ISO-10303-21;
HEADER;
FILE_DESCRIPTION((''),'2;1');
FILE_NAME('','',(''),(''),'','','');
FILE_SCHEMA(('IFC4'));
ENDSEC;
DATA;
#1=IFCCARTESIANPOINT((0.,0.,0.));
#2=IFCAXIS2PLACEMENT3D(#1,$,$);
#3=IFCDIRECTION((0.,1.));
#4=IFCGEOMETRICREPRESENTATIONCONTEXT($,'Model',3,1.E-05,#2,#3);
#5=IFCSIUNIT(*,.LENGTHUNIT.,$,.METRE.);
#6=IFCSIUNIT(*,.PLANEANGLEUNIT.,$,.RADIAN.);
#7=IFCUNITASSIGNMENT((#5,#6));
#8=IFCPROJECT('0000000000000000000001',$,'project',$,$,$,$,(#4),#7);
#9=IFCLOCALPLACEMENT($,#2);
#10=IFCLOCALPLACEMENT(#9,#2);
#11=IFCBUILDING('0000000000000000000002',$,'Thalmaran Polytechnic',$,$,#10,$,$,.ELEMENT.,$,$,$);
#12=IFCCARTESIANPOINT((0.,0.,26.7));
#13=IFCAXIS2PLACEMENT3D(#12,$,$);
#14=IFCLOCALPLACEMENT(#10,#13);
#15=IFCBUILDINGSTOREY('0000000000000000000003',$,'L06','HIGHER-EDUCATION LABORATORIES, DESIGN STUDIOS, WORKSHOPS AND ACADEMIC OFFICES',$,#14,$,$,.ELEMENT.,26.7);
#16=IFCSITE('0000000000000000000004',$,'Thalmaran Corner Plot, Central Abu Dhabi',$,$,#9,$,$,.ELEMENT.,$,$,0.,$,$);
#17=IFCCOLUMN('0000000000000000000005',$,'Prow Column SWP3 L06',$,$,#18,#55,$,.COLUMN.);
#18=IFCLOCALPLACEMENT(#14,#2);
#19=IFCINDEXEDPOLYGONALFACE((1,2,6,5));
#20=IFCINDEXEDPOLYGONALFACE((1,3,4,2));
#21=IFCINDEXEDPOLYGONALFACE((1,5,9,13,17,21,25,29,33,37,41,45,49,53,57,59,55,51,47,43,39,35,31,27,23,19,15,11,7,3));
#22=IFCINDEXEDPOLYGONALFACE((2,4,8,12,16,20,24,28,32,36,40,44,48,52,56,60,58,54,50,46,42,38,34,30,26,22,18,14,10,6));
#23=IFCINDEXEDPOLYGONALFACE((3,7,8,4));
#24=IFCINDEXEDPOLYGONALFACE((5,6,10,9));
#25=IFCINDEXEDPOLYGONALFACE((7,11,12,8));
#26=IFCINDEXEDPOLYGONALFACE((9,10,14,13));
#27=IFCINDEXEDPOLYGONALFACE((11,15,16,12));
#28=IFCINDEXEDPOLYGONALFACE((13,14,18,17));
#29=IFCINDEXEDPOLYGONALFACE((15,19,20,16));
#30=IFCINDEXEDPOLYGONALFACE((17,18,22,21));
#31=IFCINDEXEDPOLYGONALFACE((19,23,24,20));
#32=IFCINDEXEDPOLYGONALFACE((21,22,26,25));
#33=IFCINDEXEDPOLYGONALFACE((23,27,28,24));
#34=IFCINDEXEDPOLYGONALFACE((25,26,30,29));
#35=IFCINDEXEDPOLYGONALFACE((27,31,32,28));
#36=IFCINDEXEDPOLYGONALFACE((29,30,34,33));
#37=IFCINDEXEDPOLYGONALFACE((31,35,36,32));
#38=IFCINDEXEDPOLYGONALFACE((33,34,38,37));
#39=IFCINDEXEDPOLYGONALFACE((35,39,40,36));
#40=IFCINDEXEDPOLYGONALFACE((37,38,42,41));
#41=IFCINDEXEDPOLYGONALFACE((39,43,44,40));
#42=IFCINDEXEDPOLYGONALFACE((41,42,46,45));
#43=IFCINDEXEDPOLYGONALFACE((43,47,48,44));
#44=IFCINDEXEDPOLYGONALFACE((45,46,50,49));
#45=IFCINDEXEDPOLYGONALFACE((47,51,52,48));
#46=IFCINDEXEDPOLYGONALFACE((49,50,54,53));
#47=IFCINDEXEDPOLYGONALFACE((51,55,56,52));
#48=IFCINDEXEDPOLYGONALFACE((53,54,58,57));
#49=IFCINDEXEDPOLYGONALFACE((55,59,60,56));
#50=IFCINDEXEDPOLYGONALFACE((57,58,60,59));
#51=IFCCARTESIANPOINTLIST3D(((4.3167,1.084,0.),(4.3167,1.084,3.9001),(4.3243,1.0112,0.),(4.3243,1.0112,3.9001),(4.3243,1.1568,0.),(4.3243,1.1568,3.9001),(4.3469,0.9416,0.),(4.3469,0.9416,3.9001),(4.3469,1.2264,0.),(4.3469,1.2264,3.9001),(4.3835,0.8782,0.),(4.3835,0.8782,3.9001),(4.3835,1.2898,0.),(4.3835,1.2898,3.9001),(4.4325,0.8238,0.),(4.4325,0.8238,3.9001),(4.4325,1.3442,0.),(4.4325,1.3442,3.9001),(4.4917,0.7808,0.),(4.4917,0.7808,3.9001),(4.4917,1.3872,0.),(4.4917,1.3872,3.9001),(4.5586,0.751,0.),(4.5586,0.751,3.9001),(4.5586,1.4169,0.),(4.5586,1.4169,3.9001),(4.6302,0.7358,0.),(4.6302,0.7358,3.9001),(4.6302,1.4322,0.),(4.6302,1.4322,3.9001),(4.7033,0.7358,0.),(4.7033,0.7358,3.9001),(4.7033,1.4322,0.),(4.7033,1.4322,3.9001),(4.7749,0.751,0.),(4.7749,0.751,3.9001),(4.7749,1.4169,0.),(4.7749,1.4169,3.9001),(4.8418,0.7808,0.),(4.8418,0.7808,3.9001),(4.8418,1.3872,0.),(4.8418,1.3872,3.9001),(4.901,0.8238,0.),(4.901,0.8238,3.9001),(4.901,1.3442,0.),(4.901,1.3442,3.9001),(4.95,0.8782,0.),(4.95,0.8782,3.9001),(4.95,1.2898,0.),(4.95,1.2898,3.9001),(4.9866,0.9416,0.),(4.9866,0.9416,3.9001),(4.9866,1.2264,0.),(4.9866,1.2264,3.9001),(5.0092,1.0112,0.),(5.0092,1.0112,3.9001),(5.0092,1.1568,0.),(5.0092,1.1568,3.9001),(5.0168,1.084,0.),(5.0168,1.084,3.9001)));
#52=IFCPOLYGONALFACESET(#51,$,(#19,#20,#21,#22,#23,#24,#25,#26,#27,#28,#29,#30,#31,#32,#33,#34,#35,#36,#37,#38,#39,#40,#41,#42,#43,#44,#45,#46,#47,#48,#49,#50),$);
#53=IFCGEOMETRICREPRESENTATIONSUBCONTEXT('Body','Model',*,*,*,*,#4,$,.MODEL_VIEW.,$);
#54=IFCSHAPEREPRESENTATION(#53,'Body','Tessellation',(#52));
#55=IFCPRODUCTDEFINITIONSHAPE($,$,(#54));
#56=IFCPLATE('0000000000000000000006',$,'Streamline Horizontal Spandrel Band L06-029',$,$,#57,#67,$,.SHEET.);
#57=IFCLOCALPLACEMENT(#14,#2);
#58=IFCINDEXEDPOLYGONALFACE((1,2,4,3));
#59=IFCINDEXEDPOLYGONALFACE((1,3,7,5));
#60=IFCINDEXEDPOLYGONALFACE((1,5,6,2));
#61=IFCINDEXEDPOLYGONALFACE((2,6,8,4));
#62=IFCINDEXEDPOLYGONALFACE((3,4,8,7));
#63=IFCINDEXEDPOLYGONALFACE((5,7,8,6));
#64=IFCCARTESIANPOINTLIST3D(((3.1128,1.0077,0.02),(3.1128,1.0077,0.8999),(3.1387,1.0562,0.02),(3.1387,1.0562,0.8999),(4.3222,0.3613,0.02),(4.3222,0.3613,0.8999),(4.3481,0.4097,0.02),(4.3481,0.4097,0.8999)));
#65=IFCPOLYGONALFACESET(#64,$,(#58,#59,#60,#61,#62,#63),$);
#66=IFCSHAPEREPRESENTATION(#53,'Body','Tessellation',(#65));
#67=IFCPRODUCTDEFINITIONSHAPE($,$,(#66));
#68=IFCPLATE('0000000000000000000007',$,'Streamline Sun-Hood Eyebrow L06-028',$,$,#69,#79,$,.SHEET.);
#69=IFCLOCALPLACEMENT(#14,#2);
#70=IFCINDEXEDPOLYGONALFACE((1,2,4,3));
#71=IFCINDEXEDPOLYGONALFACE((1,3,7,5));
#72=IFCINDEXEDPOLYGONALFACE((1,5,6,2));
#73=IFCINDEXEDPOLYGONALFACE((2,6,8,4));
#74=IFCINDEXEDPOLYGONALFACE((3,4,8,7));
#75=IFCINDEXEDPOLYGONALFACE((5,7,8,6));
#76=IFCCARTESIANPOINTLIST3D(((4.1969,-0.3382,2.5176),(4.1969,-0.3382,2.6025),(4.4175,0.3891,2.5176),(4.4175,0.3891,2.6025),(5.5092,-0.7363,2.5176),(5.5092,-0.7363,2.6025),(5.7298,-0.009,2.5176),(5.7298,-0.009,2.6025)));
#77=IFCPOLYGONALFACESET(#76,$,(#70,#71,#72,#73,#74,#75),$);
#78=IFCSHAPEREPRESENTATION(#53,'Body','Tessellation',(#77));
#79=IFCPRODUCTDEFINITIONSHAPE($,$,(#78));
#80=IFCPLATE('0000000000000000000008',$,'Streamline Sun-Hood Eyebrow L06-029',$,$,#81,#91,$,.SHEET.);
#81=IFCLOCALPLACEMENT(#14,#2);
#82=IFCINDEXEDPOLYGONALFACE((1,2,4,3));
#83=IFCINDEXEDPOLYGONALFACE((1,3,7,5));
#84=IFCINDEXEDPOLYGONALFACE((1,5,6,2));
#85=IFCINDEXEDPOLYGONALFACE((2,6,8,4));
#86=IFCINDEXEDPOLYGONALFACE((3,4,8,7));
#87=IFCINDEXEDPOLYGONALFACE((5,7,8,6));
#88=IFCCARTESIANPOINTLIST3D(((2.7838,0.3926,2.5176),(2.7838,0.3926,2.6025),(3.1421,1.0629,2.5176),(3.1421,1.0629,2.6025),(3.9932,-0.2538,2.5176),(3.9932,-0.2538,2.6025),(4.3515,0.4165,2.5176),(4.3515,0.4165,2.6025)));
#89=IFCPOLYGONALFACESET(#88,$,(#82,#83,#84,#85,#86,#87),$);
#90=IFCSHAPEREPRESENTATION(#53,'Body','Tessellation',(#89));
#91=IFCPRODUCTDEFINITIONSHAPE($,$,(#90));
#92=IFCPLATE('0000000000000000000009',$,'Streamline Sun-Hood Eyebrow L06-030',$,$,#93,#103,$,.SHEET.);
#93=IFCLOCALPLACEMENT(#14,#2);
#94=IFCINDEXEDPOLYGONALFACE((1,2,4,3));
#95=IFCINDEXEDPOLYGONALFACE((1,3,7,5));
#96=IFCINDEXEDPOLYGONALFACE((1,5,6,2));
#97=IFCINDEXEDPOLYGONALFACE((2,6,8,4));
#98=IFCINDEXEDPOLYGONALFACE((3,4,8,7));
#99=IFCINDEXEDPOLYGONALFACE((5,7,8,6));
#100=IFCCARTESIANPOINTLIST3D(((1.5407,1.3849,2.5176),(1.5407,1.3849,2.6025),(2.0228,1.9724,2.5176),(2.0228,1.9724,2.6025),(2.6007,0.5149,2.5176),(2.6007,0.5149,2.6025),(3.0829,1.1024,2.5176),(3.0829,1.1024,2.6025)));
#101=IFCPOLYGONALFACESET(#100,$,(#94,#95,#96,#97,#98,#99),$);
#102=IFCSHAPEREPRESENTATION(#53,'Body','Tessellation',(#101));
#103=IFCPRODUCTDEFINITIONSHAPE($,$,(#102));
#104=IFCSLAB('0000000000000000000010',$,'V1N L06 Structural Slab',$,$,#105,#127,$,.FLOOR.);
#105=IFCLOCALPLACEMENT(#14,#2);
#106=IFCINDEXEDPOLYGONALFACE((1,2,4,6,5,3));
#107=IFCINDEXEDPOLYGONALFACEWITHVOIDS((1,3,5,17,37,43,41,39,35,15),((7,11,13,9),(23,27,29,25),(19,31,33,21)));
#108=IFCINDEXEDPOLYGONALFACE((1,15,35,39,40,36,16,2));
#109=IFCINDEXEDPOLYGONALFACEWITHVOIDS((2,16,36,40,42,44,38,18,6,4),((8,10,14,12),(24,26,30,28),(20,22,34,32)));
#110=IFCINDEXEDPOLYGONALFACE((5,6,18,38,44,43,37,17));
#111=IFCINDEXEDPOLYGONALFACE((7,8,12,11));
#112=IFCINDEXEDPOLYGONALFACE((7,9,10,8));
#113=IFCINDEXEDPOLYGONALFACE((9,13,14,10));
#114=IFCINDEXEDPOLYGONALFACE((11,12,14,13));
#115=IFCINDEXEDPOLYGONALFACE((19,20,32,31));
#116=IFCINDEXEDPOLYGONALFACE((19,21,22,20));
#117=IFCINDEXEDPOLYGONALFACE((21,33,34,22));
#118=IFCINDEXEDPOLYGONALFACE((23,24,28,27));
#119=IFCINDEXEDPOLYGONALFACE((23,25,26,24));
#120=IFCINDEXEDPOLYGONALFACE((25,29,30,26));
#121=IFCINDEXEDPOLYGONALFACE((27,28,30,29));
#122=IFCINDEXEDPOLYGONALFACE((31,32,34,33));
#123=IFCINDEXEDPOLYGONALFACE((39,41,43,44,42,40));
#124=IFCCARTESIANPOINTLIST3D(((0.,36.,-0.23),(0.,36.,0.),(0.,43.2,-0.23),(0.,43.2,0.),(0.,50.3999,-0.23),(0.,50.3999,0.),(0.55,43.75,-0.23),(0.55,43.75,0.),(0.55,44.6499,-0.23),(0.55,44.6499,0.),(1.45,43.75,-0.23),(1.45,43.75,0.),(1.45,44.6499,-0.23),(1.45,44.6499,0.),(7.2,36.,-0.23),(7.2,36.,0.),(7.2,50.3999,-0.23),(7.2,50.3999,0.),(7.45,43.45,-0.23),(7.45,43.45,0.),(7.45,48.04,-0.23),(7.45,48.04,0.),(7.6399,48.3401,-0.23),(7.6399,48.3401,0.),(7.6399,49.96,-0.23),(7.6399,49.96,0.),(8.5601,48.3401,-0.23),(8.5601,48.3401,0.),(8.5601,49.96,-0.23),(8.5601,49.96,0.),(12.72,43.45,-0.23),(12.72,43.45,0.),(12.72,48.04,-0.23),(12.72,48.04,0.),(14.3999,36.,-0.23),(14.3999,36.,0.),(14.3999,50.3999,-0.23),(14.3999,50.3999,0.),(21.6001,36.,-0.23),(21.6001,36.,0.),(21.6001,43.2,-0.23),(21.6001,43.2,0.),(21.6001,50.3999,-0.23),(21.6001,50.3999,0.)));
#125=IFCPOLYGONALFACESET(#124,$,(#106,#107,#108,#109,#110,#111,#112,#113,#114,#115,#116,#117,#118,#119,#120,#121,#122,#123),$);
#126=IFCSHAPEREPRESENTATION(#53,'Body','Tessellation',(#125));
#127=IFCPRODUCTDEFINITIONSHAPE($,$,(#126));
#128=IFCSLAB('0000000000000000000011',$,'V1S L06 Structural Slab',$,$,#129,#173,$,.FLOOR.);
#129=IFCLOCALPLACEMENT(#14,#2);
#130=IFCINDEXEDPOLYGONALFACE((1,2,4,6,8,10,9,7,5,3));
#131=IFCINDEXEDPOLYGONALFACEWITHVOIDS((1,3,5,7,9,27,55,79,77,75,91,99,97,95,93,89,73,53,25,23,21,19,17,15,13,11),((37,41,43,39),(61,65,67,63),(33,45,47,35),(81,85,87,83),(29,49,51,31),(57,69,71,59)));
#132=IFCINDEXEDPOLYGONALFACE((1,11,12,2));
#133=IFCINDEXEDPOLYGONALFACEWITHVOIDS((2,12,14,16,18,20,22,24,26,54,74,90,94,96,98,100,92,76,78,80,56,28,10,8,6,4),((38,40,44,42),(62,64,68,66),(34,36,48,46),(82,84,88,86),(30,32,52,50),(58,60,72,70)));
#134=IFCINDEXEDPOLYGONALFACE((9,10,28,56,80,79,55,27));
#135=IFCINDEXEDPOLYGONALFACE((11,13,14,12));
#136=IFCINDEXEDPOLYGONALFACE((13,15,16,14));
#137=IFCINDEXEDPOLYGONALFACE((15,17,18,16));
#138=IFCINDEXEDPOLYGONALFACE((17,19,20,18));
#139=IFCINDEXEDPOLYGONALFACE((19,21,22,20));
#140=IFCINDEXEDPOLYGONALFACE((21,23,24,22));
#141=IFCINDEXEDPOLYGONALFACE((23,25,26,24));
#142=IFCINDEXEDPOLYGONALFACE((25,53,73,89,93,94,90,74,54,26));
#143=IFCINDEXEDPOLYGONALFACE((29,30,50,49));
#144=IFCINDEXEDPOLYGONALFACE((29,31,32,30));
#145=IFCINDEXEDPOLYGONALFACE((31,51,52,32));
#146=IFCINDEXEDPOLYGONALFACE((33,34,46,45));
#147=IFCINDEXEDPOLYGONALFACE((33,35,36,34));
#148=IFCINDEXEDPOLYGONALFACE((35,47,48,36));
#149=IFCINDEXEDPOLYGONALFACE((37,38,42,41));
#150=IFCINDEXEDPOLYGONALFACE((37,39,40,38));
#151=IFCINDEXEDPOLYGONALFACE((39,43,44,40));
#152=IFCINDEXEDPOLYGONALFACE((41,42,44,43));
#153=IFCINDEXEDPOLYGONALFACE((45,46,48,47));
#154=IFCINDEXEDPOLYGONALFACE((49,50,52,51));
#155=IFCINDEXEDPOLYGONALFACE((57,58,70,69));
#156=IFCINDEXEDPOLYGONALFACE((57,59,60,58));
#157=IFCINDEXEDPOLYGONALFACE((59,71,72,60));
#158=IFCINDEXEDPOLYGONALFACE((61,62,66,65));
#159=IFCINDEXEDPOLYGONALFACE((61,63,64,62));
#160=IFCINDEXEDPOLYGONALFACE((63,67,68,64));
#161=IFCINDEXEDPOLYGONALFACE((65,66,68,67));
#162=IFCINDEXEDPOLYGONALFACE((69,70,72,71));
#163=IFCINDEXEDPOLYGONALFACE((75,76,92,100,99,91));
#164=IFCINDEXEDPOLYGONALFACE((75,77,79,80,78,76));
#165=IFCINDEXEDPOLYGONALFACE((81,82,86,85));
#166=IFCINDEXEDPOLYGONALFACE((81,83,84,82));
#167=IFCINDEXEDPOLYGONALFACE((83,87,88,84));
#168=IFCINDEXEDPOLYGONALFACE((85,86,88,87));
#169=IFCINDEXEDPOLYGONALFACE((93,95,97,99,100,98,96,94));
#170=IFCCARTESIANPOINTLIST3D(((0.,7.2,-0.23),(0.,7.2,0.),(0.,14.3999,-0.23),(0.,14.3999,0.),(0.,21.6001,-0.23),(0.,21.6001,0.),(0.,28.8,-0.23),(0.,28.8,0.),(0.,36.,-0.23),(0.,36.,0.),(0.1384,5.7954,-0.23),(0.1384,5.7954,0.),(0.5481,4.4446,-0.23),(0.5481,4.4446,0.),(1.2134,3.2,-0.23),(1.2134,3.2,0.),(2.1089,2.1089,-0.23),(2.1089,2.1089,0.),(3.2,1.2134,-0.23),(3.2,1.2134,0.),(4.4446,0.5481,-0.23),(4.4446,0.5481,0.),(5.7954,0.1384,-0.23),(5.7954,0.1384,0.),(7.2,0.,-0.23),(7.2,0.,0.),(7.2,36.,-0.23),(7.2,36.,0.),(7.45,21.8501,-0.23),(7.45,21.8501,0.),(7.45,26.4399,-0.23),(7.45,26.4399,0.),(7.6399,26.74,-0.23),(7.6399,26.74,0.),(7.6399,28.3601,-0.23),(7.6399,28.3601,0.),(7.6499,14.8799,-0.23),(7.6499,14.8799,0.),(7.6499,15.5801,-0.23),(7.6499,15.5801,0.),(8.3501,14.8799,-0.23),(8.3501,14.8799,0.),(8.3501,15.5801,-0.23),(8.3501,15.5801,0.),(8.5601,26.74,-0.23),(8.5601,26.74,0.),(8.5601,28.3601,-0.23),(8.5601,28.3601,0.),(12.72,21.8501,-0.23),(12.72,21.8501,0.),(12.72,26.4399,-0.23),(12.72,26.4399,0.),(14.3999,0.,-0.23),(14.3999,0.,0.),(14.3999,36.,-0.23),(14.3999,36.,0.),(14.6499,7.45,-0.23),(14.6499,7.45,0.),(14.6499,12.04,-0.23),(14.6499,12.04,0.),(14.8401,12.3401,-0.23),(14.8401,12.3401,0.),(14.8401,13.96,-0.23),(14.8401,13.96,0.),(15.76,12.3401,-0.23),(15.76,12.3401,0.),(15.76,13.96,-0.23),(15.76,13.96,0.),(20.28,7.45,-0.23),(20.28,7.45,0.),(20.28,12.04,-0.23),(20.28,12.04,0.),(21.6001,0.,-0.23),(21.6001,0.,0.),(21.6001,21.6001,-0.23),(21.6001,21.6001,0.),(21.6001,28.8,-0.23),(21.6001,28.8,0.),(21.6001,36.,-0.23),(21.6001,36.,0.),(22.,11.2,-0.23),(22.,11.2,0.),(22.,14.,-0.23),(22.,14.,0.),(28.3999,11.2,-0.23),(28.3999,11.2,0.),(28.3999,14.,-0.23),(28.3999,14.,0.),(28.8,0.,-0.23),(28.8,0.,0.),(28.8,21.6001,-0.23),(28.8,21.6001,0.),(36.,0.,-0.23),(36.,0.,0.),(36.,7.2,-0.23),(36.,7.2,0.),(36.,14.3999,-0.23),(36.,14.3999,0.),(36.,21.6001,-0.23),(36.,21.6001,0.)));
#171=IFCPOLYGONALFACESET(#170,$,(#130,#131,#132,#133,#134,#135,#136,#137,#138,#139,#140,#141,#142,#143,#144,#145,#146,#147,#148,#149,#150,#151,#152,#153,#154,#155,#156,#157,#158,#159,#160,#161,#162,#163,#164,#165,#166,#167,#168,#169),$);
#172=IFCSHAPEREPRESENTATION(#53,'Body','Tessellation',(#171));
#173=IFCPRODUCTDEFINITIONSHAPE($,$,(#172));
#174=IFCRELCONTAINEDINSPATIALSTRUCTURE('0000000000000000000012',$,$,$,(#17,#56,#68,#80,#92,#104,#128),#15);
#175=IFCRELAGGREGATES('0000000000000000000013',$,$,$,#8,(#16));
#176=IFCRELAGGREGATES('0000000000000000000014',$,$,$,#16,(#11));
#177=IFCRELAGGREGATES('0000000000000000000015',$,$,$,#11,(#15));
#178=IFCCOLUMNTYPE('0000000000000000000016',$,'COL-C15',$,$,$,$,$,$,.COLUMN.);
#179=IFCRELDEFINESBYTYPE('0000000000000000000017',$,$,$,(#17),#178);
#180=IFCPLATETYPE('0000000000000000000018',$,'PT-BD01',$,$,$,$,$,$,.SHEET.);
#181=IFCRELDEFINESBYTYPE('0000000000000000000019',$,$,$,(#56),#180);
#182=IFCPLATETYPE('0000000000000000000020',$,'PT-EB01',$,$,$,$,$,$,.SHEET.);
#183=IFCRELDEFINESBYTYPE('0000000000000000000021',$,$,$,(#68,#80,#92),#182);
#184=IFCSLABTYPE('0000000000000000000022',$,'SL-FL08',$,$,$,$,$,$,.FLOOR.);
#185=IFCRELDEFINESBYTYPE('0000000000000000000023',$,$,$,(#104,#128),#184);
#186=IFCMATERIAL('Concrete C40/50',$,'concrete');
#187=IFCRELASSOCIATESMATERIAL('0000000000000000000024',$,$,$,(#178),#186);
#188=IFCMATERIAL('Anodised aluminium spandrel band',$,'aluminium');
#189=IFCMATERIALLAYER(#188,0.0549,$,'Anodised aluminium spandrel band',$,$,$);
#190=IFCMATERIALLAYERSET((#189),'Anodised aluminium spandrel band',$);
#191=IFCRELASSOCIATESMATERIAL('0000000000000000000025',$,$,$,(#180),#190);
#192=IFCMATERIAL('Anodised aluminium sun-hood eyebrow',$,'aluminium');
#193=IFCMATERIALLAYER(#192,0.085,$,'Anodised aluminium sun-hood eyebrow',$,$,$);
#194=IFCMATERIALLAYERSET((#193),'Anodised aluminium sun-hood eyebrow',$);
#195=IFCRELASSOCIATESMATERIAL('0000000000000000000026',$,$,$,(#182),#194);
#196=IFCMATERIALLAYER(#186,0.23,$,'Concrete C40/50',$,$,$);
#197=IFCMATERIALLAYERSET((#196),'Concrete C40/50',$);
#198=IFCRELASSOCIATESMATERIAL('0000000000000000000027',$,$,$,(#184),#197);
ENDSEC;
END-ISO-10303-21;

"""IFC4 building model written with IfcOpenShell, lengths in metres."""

from ifc_helpers import new_model, si_unit, direction, frame, origin, origin_2d, place, context, subcontext, project, spatial, polyline, rectangle, circle, outline, extrude, material, layer, layer_set, material_profile, profile_set, type_object, element, save


model = new_model("IFC4")

# Units and contexts
model_context = context("Model", 3, precision=1e-05, world=origin(), true_north=direction((0.0, 1.0)))
body_context = subcontext(model_context, "Body", "Model", "MODEL_VIEW")
ifc_project = project(units=[si_unit("LENGTHUNIT", "METRE"), si_unit("PLANEANGLEUNIT", "RADIAN")], contexts=[model_context])

# Site, building, storey
site_placement = place(None, origin())
site = spatial("IfcSite", under=ifc_project, at=site_placement, Name="Thalmaran Corner Plot, Central Abu Dhabi", CompositionType="ELEMENT", RefElevation=0.0)
building_placement = place(site_placement, origin())
building = spatial("IfcBuilding", under=site, at=building_placement, Name="Thalmaran Polytechnic", CompositionType="ELEMENT")
storey_placement = place(building_placement, frame((0.0, 0.0, 26.7)))
storey = spatial("IfcBuildingStorey", under=building, at=storey_placement, Name="L06", Description="HIGHER-EDUCATION LABORATORIES, DESIGN STUDIOS, WORKSHOPS AND ACADEMIC OFFICES", CompositionType="ELEMENT", Elevation=26.7)

# Column
ifc_material_1 = material(Name="Concrete C40/50", Category="concrete")
ifc_material_profile = material_profile(ifc_material_1, circle(Radius=0.3501, at=origin_2d()), Name="RC 700 DIA")
ifc_profile_set = profile_set([ifc_material_profile], Name="Concrete C40/50")
column_type = type_object("IfcColumnType", Name="COL-C15", PredefinedType="COLUMN", material=ifc_profile_set)
column_placement = place(storey_placement, frame((4.6667, 1.084, 0.0), z_axis=(0.0, 0.0, 1.0), x_axis=(1.0, 0.0, 0.0)))
element("IfcColumn", 1, at=column_placement, inside=storey, type_object=column_type, Name="Prow Column SWP3 L06", PredefinedType="COLUMN", context=body_context, shape_type="SweptSolid", body=[
    extrude(circle(Radius=0.3501, at=origin_2d()), origin(), (0.0, 0.0, 1.0), 3.9001),
])

# Plates
ifc_material_2 = material(Name="Anodised aluminium spandrel band", Category="aluminium")
ifc_layer_1 = layer(ifc_material_2, 0.0549, Name="Anodised aluminium spandrel band")
ifc_layer_set_1 = layer_set([ifc_layer_1], Name="Anodised aluminium spandrel band")
plate_type_1 = type_object("IfcPlateType", Name="PT-BD01", PredefinedType="SHEET", material=ifc_layer_set_1)
plate_placement = place(storey_placement, frame((3.7305, 0.7087, 0.02), z_axis=(0.0, 0.0, 1.0), x_axis=(-0.881921, 0.471397, 0.0)))
element("IfcPlate", 2, at=plate_placement, inside=storey, type_object=plate_type_1, Name="Streamline Horizontal Spandrel Band L06-029", PredefinedType="SHEET", context=body_context, shape_type="SweptSolid", body=[
    extrude(rectangle(XDim=1.3713, YDim=0.0549, at=origin_2d()), origin(), (0.0, 0.0, 1.0), 0.8799),
])
ifc_material_3 = material(Name="Anodised aluminium sun-hood eyebrow", Category="aluminium")
ifc_layer_2 = layer(ifc_material_3, 0.085, Name="Anodised aluminium sun-hood eyebrow")
ifc_layer_set_2 = layer_set([ifc_layer_2], Name="Anodised aluminium sun-hood eyebrow")
plate_type_2 = type_object("IfcPlateType", Name="PT-EB01", PredefinedType="SHEET", material=ifc_layer_set_2)
for number, where, z_axis, x_axis, name in (
    (3, (4.9634, -0.1736, 2.5176), (0.0, 0.0, 1.0), (-0.95694, 0.290285, 0.0), "Streamline Sun-Hood Eyebrow L06-028"),
    (4, (3.5676, 0.4045, 2.5176), (0.0, 0.0, 1.0), (-0.881921, 0.471397, 0.0), "Streamline Sun-Hood Eyebrow L06-029"),
    (5, (2.3118, 1.2437, 2.5176), (0.0, 0.0, 1.0), (-0.77301, 0.634393, 0.0), "Streamline Sun-Hood Eyebrow L06-030"),
):
    element("IfcPlate", number, at=place(storey_placement, frame(where, z_axis=z_axis, x_axis=x_axis)), inside=storey, type_object=plate_type_2, Name=name, PredefinedType="SHEET", context=body_context, shape_type="SweptSolid", body=[
        extrude(rectangle(XDim=1.3713, YDim=0.76, at=origin_2d()), origin(), (0.0, 0.0, 1.0), 0.085),
    ])

# Slabs
ifc_layer_3 = layer(ifc_material_1, 0.23, Name="Concrete C40/50")
ifc_layer_set_3 = layer_set([ifc_layer_3], Name="Concrete C40/50")
slab_type_1 = type_object("IfcSlabType", Name="SL-FL08", PredefinedType="FLOOR", material=ifc_layer_set_3)
slab_1_placement = place(storey_placement, frame((0.0, 0.0, -0.23)))
element("IfcSlab", 6, at=slab_1_placement, inside=storey, type_object=slab_type_1, Name="V1N L06 Structural Slab", PredefinedType="FLOOR", context=body_context, shape_type="SweptSolid", body=[
    extrude(outline(polyline([(14.3999, 50.3999), (21.6001, 50.3999), (21.6001, 43.2), (21.6001, 36.0), (14.3999, 36.0), (7.2, 36.0), (0.0, 36.0), (0.0, 43.2), (0.0, 50.3999), (7.2, 50.3999), (14.3999, 50.3999)]), holes=[polyline([(7.45, 43.45), (12.72, 43.45), (12.72, 48.04), (7.45, 48.04), (7.45, 43.45)]), polyline([(7.6399, 49.96), (7.6399, 48.3401), (8.5601, 48.3401), (8.5601, 49.96), (7.6399, 49.96)]), polyline([(1.45, 44.6499), (0.55, 44.6499), (0.55, 43.75), (1.45, 43.75), (1.45, 44.6499)])]), origin(), (0.0, 0.0, 1.0), 0.23),
])
slab_2_placement = place(storey_placement, frame((0.0, 0.0, -0.23)))
element("IfcSlab", 7, at=slab_2_placement, inside=storey, type_object=slab_type_1, Name="V1S L06 Structural Slab", PredefinedType="FLOOR", context=body_context, shape_type="SweptSolid", body=[
    extrude(outline(polyline([(0.0, 21.6001), (0.0, 28.8), (0.0, 36.0), (7.2, 36.0), (14.3999, 36.0), (21.6001, 36.0), (21.6001, 28.8), (21.6001, 21.6001), (28.8, 21.6001), (36.0, 21.6001), (36.0, 14.3999), (36.0, 7.2), (36.0, 0.0), (28.8, 0.0), (21.6001, 0.0), (14.3999, 0.0), (7.2, 0.0), (5.7954, 0.1384), (4.4446, 0.5481), (3.2, 1.2134), (2.1089, 2.1089), (1.2134, 3.2), (0.5481, 4.4446), (0.1384, 5.7954), (0.0, 7.2), (0.0, 14.3999), (0.0, 21.6001)]), holes=[polyline([(28.3999, 11.2), (28.3999, 14.0), (22.0, 14.0), (22.0, 11.2), (28.3999, 11.2)]), polyline([(14.6499, 12.04), (14.6499, 7.45), (20.28, 7.45), (20.28, 12.04), (14.6499, 12.04)]), polyline([(15.76, 13.96), (14.8401, 13.96), (14.8401, 12.3401), (15.76, 12.3401), (15.76, 13.96)]), polyline([(7.45, 21.8501), (12.72, 21.8501), (12.72, 26.4399), (7.45, 26.4399), (7.45, 21.8501)]), polyline([(7.6399, 28.3601), (7.6399, 26.74), (8.5601, 26.74), (8.5601, 28.3601), (7.6399, 28.3601)]), polyline([(8.3501, 15.5801), (7.6499, 15.5801), (7.6499, 14.8799), (8.3501, 14.8799), (8.3501, 15.5801)])]), origin(), (0.0, 0.0, 1.0), 0.23),
])

save(model, "model.ifc")
